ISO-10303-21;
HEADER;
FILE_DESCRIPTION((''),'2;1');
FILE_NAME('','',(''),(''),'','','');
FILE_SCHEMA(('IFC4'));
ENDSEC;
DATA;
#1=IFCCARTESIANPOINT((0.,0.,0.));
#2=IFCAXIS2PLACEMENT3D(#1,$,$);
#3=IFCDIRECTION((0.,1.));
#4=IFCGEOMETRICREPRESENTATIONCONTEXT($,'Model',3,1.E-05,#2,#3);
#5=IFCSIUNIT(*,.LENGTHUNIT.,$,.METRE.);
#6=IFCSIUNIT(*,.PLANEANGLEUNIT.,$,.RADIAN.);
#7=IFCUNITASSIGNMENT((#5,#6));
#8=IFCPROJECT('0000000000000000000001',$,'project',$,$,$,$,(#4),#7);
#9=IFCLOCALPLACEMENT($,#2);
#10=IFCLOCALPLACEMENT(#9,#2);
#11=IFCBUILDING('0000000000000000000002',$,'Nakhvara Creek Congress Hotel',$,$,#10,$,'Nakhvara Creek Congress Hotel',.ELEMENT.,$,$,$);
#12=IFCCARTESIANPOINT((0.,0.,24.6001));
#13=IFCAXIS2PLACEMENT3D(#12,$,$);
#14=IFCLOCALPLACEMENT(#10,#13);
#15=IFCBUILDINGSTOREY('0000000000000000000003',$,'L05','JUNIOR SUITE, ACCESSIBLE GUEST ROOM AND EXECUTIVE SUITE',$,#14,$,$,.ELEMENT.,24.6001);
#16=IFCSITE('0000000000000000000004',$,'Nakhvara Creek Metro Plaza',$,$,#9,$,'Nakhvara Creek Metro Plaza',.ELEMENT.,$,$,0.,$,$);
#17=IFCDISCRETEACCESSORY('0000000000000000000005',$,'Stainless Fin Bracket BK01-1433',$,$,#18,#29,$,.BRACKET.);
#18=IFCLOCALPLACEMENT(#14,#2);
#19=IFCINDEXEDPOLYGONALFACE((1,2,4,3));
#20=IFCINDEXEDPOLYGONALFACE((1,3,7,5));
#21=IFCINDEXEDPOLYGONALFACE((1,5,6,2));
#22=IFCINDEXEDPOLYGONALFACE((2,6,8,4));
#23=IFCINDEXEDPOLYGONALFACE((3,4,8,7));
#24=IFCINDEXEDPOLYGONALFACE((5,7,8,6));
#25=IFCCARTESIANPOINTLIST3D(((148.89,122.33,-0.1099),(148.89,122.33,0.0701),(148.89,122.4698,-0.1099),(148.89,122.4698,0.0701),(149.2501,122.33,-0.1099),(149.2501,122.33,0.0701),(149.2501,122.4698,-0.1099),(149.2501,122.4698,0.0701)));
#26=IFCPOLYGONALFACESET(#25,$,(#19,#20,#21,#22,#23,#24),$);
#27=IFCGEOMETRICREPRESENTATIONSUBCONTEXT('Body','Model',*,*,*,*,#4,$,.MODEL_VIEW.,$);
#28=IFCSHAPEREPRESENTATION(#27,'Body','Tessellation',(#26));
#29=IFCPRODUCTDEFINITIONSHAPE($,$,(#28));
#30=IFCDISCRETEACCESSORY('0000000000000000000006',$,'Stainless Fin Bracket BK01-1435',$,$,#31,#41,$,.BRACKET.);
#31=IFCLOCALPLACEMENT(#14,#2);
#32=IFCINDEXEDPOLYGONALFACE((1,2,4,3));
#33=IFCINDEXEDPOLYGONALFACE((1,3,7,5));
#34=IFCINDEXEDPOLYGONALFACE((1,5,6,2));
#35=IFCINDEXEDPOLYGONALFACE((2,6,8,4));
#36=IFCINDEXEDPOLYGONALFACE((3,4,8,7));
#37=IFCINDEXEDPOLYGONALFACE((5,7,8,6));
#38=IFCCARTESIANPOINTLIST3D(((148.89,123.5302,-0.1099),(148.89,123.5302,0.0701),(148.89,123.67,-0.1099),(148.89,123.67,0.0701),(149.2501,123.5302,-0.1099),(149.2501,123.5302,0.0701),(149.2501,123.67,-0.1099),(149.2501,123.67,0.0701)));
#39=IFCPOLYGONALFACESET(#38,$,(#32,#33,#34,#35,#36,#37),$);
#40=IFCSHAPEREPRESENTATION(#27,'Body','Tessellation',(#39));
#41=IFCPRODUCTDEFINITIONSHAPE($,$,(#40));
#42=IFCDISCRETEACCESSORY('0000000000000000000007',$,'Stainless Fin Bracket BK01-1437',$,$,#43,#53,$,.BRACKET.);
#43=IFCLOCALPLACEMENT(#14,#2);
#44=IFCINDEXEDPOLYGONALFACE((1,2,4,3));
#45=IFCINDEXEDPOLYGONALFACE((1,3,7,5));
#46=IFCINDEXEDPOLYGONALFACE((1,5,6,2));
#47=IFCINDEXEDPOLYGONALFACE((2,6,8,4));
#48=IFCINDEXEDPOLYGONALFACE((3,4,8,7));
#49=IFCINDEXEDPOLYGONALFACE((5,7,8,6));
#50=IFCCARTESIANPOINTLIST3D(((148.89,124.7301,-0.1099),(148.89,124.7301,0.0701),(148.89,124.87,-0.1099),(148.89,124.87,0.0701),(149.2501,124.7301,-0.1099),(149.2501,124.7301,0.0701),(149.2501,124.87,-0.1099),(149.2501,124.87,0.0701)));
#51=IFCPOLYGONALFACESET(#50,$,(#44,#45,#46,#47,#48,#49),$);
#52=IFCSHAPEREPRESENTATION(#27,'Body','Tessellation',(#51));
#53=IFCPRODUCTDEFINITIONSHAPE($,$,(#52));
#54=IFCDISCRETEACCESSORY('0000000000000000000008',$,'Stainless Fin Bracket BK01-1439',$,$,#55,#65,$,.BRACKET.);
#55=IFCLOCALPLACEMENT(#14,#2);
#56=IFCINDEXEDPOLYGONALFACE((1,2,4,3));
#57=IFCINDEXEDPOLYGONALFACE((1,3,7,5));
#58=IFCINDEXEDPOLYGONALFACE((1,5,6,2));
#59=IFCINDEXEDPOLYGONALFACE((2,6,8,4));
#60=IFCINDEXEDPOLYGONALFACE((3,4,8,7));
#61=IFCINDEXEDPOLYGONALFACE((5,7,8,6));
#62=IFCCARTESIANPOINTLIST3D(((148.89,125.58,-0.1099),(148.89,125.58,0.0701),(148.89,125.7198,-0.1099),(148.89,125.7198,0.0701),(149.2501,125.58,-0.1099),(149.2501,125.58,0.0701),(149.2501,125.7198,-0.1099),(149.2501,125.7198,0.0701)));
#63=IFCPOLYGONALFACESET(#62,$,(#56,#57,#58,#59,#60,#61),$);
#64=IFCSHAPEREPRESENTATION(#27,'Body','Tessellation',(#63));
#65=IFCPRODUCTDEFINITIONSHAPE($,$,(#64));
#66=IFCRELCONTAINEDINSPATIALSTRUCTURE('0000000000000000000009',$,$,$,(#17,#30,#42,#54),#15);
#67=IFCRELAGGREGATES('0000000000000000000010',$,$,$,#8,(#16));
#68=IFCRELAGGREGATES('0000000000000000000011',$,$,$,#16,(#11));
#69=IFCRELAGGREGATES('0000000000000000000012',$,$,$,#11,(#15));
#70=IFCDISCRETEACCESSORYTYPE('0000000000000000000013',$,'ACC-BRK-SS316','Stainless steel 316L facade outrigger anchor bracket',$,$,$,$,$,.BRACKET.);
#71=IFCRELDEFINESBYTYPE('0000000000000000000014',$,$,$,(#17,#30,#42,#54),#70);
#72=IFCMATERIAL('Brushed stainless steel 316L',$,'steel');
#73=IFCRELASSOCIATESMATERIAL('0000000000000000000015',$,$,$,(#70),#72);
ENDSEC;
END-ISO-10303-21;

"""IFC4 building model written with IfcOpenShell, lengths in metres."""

from ifc_helpers import new_model, si_unit, direction, frame, origin, origin_2d, place, context, subcontext, project, spatial, rectangle, extrude, material, type_object, element, save


model = new_model("IFC4")

# Units and contexts
model_context = context("Model", 3, precision=1e-05, world=origin(), true_north=direction((0.0, 1.0)))
body_context = subcontext(model_context, "Body", "Model", "MODEL_VIEW")
ifc_project = project(units=[si_unit("LENGTHUNIT", "METRE"), si_unit("PLANEANGLEUNIT", "RADIAN")], contexts=[model_context])

# Site, building, storey
site_placement = place(None, origin())
site = spatial("IfcSite", under=ifc_project, at=site_placement, Name="Nakhvara Creek Metro Plaza", LongName="Nakhvara Creek Metro Plaza", CompositionType="ELEMENT", RefElevation=0.0)
building_placement = place(site_placement, origin())
building = spatial("IfcBuilding", under=site, at=building_placement, Name="Nakhvara Creek Congress Hotel", LongName="Nakhvara Creek Congress Hotel", CompositionType="ELEMENT")
storey_placement = place(building_placement, frame((0.0, 0.0, 24.6001)))
storey = spatial("IfcBuildingStorey", under=building, at=storey_placement, Name="L05", Description="JUNIOR SUITE, ACCESSIBLE GUEST ROOM AND EXECUTIVE SUITE", CompositionType="ELEMENT", Elevation=24.6001)

# Discrete accessories
ifc_material = material(Name="Brushed stainless steel 316L", Category="steel")
discrete_accessory_type = type_object("IfcDiscreteAccessoryType", Name="ACC-BRK-SS316", Description="Stainless steel 316L facade outrigger anchor bracket", PredefinedType="BRACKET", material=ifc_material)
for number, where, z_axis, x_axis, name in (
    (1, (149.0701, 122.3999, -0.1099), (0.0, 0.0, 1.0), (0.0, 1.0, 0.0), "Stainless Fin Bracket BK01-1433"),
    (2, (149.0701, 123.6001, -0.1099), (0.0, 0.0, 1.0), (0.0, 1.0, 0.0), "Stainless Fin Bracket BK01-1435"),
    (3, (149.0701, 124.8, -0.1099), (0.0, 0.0, 1.0), (0.0, 1.0, 0.0), "Stainless Fin Bracket BK01-1437"),
    (4, (149.0701, 125.6499, -0.1099), (0.0, 0.0, 1.0), (0.0, 1.0, 0.0), "Stainless Fin Bracket BK01-1439"),
):
    element("IfcDiscreteAccessory", number, at=place(storey_placement, frame(where, z_axis=z_axis, x_axis=x_axis)), inside=storey, type_object=discrete_accessory_type, Name=name, PredefinedType="BRACKET", context=body_context, shape_type="SweptSolid", body=[
        extrude(rectangle(XDim=0.1399, YDim=0.3601, at=origin_2d()), origin(), (0.0, 0.0, 1.0), 0.1799),
    ])

save(model, "model.ifc")
